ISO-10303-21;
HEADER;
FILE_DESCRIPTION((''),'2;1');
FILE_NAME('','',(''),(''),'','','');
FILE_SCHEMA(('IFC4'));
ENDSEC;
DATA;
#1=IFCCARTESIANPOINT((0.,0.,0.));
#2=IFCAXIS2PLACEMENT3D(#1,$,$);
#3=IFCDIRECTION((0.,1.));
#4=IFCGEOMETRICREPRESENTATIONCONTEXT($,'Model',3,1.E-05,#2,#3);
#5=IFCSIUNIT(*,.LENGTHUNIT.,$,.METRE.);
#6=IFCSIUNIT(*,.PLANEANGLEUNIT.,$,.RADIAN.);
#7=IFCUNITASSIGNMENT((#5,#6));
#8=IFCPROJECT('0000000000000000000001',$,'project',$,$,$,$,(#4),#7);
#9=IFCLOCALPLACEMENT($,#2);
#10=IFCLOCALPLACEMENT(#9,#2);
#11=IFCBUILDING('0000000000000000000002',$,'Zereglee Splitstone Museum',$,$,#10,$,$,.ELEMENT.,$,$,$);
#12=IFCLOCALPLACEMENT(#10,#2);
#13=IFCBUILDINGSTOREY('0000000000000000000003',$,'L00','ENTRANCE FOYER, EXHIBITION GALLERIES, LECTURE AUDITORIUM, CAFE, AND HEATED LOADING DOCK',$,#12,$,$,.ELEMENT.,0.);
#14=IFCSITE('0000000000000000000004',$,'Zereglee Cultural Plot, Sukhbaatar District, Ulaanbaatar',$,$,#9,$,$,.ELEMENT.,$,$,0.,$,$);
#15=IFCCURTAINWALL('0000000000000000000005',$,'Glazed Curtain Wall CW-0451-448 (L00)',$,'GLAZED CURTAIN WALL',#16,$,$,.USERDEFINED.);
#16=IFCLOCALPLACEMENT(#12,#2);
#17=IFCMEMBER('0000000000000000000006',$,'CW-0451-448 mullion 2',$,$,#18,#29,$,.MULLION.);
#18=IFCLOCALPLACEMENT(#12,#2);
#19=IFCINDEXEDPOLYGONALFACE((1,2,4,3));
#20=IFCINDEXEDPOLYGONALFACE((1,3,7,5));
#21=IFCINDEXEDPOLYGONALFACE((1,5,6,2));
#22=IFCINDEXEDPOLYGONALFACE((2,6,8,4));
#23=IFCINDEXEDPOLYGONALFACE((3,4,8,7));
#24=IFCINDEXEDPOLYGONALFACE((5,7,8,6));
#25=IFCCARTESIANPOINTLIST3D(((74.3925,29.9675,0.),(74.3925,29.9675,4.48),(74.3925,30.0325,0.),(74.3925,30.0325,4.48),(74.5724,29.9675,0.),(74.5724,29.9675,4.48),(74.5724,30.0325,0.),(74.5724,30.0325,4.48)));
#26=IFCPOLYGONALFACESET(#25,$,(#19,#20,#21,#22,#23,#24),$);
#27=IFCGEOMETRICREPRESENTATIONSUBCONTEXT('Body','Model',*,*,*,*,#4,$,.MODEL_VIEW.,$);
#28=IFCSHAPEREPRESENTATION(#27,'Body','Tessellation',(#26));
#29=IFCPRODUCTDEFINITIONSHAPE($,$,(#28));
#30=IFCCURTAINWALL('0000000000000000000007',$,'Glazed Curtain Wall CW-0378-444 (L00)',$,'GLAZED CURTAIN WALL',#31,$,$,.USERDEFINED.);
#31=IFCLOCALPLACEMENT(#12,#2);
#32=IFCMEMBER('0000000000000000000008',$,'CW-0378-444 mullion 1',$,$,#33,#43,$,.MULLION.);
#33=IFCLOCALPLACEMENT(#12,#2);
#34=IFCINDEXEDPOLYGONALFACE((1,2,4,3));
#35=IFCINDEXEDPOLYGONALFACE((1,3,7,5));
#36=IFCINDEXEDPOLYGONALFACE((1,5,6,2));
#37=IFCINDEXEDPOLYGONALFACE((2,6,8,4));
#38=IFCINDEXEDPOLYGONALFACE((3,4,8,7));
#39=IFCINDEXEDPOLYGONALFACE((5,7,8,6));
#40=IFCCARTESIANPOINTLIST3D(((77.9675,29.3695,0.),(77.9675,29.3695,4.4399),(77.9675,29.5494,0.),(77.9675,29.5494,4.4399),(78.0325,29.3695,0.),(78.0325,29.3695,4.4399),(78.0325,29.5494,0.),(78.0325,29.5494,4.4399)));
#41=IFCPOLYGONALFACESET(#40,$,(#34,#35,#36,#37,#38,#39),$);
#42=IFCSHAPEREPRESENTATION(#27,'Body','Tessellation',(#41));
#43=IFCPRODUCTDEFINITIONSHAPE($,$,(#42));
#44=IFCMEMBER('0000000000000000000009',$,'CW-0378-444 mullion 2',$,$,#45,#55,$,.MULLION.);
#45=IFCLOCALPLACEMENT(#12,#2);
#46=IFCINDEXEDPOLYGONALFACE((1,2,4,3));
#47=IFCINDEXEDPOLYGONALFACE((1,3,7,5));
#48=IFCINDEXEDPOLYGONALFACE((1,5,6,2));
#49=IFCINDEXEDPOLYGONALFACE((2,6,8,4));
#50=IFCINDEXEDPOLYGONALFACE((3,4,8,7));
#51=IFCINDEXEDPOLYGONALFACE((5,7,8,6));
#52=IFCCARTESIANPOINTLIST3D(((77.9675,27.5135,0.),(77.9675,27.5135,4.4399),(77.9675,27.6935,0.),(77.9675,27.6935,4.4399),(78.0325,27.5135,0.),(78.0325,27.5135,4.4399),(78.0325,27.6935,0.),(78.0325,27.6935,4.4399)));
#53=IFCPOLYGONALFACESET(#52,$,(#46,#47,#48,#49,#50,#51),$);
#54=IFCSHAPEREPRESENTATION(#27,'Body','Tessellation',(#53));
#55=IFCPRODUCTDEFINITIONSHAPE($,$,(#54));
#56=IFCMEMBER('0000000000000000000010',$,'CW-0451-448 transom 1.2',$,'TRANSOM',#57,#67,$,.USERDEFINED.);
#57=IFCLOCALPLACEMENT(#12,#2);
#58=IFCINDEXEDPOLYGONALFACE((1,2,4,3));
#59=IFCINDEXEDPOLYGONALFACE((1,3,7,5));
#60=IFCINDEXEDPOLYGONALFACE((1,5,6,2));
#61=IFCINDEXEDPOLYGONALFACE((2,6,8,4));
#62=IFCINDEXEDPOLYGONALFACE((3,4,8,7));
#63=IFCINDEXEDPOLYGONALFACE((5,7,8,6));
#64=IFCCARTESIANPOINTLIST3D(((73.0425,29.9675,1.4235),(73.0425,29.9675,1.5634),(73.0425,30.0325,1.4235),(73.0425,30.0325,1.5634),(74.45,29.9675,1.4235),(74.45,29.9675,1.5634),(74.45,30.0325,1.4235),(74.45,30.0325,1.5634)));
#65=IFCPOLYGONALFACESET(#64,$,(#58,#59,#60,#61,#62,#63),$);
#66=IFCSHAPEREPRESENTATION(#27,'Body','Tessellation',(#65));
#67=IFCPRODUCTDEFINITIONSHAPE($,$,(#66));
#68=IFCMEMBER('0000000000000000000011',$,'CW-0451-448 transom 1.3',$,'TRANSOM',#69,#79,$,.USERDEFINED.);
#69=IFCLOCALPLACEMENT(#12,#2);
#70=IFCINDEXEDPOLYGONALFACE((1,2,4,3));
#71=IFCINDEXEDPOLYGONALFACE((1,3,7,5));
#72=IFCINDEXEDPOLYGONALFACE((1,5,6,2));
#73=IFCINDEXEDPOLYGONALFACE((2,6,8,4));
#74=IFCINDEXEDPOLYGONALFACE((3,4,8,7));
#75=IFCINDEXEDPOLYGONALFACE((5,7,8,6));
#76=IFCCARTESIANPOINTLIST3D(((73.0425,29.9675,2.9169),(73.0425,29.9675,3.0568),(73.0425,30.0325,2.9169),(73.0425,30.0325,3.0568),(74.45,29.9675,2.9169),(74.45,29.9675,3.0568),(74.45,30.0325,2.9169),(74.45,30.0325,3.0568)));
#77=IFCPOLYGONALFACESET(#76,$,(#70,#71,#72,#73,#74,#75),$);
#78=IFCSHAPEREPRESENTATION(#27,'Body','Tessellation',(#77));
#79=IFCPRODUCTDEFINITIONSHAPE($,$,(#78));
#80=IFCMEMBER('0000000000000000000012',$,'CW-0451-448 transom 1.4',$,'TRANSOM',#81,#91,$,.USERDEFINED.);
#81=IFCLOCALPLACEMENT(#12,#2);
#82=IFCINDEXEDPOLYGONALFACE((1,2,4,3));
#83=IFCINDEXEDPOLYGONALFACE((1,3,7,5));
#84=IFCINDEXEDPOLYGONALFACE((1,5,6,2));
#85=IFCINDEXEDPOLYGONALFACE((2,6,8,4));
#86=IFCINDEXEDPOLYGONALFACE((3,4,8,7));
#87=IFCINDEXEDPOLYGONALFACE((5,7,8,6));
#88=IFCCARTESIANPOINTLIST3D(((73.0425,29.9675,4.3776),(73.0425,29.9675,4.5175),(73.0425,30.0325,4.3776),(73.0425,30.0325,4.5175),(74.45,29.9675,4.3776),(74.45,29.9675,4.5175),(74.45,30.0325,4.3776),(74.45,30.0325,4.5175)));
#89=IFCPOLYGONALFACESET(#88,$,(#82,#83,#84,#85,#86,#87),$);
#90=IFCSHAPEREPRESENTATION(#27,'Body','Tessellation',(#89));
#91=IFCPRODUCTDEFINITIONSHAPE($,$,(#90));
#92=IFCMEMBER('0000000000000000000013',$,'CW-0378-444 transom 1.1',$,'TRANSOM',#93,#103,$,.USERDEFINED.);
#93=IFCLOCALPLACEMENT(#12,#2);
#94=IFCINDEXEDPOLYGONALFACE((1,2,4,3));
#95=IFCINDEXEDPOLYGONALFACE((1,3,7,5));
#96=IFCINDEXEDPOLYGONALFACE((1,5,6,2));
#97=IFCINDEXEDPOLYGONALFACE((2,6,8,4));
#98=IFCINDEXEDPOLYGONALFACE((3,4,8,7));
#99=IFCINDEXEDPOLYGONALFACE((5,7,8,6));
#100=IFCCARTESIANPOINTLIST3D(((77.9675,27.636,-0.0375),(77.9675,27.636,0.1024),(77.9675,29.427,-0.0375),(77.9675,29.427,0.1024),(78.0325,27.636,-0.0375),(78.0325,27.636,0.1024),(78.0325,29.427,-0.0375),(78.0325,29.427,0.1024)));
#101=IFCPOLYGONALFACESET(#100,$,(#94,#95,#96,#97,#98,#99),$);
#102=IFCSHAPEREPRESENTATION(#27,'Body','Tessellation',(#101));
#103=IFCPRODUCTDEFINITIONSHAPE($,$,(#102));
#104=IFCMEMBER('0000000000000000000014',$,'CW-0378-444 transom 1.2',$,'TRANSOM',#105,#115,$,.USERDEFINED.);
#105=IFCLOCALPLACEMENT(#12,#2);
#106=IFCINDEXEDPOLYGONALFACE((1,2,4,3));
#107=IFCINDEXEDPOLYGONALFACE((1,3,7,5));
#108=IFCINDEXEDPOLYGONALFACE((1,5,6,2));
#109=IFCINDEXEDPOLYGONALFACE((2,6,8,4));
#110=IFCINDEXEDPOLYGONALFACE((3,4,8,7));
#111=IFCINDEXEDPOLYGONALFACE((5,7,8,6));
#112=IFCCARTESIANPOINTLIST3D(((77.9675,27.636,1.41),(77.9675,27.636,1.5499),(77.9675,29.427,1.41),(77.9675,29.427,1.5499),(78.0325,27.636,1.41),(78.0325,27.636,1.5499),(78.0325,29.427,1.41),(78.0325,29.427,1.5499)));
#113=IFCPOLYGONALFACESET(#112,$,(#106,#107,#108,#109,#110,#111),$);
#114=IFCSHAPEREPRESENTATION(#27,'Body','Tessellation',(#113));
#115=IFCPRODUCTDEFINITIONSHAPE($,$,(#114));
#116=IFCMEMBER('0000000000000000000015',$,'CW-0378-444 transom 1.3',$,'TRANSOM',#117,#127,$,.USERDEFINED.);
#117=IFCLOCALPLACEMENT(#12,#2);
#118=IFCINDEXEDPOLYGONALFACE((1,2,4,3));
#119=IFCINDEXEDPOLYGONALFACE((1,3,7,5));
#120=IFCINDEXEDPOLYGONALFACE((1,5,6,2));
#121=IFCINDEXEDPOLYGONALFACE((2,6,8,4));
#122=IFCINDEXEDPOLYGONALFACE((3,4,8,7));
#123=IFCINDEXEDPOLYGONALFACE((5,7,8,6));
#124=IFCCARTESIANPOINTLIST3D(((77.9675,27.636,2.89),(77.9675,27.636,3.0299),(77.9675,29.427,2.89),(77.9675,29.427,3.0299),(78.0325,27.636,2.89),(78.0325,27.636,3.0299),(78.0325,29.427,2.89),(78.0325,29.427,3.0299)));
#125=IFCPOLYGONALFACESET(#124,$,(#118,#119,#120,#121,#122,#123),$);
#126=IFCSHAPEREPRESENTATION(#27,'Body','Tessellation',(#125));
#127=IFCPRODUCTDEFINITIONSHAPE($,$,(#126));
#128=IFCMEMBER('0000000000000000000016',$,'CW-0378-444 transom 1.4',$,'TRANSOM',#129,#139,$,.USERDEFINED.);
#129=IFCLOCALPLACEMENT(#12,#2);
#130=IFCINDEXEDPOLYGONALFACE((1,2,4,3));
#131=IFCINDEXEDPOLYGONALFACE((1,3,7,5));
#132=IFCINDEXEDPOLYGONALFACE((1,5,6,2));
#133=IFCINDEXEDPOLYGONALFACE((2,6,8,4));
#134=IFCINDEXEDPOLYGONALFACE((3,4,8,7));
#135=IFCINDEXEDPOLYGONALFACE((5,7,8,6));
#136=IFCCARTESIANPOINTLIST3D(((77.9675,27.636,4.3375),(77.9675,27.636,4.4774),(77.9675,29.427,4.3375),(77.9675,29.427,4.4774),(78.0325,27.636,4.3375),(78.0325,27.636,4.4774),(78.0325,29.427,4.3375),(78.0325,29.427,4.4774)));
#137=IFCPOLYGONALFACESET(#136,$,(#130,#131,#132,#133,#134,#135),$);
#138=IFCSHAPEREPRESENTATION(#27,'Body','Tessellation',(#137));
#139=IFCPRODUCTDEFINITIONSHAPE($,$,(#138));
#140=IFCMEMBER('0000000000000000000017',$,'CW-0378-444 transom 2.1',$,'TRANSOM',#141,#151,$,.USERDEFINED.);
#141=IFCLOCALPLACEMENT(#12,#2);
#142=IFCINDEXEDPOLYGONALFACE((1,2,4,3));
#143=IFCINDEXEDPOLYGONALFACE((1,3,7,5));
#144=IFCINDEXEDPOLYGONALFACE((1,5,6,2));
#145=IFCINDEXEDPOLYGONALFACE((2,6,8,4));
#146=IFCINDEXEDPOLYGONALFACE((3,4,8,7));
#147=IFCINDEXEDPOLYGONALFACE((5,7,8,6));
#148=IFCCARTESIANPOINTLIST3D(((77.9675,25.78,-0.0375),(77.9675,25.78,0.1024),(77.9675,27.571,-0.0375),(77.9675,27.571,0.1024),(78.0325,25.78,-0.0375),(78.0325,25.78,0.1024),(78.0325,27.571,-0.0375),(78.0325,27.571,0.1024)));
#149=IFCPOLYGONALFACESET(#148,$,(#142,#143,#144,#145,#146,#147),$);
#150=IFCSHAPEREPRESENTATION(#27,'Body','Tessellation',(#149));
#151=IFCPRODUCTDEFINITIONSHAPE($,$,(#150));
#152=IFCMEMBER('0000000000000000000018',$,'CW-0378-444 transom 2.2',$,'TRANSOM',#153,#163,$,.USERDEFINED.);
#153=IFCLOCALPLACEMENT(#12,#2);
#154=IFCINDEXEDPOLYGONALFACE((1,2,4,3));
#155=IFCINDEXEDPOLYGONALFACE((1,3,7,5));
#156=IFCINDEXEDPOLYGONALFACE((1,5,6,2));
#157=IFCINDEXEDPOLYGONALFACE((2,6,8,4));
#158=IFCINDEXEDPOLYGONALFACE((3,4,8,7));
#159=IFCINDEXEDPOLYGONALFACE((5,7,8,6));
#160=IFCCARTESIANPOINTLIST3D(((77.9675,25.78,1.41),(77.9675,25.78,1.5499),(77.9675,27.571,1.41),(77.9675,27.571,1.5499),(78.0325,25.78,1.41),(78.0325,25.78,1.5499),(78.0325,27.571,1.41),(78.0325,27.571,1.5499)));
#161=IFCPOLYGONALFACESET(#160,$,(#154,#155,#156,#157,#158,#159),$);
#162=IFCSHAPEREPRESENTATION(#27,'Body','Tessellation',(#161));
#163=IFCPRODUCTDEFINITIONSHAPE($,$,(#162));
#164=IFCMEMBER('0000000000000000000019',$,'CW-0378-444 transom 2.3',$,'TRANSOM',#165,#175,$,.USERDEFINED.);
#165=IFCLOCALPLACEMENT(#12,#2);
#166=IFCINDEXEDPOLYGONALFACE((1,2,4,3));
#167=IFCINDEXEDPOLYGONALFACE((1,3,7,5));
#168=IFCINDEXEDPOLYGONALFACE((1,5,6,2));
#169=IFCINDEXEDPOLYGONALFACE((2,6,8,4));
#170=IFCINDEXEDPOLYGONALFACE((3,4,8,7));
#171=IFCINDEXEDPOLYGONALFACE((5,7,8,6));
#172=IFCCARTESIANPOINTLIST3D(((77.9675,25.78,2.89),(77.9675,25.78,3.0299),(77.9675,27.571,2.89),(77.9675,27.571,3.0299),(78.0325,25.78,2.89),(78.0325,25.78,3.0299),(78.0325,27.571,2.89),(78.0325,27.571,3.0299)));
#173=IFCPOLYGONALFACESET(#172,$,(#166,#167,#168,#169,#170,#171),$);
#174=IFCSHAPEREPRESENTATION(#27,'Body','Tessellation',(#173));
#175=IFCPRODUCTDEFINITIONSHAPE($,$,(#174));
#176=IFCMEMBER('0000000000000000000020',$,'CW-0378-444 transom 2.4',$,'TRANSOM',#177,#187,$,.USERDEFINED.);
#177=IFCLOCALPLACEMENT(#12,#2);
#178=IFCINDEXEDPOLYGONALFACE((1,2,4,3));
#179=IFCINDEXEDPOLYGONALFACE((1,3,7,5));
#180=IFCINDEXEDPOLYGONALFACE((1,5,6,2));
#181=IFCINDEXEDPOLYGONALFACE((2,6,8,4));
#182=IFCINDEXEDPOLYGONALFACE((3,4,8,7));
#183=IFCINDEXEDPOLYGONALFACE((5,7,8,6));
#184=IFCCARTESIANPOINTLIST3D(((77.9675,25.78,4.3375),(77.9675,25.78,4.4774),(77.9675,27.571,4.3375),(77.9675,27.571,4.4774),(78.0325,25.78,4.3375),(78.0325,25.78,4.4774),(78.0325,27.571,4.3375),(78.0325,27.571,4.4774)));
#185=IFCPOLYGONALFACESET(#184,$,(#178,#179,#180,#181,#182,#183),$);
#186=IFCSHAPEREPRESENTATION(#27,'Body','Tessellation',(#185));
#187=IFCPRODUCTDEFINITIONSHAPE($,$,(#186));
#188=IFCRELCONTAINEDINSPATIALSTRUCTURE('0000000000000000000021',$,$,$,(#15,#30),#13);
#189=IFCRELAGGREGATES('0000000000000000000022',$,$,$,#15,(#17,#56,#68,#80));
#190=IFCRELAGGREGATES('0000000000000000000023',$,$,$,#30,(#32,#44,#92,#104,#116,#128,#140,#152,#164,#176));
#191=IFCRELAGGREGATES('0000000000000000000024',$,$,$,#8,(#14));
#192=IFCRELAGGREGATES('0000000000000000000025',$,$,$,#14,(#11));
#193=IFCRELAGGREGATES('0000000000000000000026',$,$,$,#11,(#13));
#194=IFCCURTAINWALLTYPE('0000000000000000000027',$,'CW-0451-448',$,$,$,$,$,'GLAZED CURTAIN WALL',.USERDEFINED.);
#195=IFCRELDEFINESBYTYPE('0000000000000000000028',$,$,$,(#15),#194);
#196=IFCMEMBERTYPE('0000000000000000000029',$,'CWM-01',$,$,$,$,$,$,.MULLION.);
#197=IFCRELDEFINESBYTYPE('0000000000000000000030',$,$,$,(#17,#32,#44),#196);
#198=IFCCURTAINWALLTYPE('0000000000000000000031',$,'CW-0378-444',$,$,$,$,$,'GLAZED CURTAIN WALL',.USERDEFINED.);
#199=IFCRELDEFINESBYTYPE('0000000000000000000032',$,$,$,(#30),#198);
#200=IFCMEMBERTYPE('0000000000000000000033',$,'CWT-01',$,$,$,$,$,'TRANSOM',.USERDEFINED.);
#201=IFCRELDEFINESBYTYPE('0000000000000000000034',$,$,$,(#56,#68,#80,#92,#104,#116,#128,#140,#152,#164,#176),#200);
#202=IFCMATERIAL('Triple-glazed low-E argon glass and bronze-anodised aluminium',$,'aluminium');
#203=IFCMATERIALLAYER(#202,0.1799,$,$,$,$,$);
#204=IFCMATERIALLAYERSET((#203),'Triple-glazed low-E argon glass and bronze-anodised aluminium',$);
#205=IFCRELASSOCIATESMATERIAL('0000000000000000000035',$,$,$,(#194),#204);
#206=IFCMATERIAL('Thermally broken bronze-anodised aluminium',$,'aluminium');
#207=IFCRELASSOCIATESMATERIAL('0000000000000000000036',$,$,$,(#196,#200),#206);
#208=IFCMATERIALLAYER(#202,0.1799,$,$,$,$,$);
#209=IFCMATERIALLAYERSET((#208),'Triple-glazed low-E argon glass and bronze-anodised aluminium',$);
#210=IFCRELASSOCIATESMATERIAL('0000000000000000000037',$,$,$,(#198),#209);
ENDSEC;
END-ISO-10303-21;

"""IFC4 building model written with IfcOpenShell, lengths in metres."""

from ifc_helpers import new_model, si_unit, direction, frame, origin, origin_2d, place, context, subcontext, project, spatial, rectangle, extrude, material, layer, layer_set, material_profile, profile_set, type_object, element, aggregate, save


model = new_model("IFC4")

# Units and contexts
model_context = context("Model", 3, precision=1e-05, world=origin(), true_north=direction((0.0, 1.0)))
body_context = subcontext(model_context, "Body", "Model", "MODEL_VIEW")
ifc_project = project(units=[si_unit("LENGTHUNIT", "METRE"), si_unit("PLANEANGLEUNIT", "RADIAN")], contexts=[model_context])

# Site, building, storey
site_placement = place(None, origin())
site = spatial("IfcSite", under=ifc_project, at=site_placement, Name="Zereglee Cultural Plot, Sukhbaatar District, Ulaanbaatar", CompositionType="ELEMENT", RefElevation=0.0)
building_placement = place(site_placement, origin())
building = spatial("IfcBuilding", under=site, at=building_placement, Name="Zereglee Splitstone Museum", CompositionType="ELEMENT")
storey_placement = place(building_placement, origin())
storey = spatial("IfcBuildingStorey", under=building, at=storey_placement, Name="L00", Description="ENTRANCE FOYER, EXHIBITION GALLERIES, LECTURE AUDITORIUM, CAFE, AND HEATED LOADING DOCK", CompositionType="ELEMENT", Elevation=0.0)

# Curtain wall, member
ifc_material_1 = material(Name="Triple-glazed low-E argon glass and bronze-anodised aluminium", Category="aluminium")
ifc_layer_1 = layer(ifc_material_1, 0.1799)
ifc_layer_set_1 = layer_set([ifc_layer_1], Name="Triple-glazed low-E argon glass and bronze-anodised aluminium")
curtain_wall_type_1 = type_object("IfcCurtainWallType", Name="CW-0451-448", ElementType="GLAZED CURTAIN WALL", PredefinedType="USERDEFINED", material=ifc_layer_set_1)
curtain_wall_1_placement = place(storey_placement, origin())
curtain_wall_1 = element("IfcCurtainWall", 1, at=curtain_wall_1_placement, inside=storey, type_object=curtain_wall_type_1, Name="Glazed Curtain Wall CW-0451-448 (L00)", ObjectType="GLAZED CURTAIN WALL", PredefinedType="USERDEFINED")
ifc_material_2 = material(Name="Thermally broken bronze-anodised aluminium", Category="aluminium")
ifc_material_profile_1 = material_profile(ifc_material_2, rectangle(XDim=0.0649, YDim=0.1799, at=origin_2d()), Name="CW MULL 65x180")
ifc_profile_set_1 = profile_set([ifc_material_profile_1], Name="Thermally broken bronze-anodised aluminium")
member_type_1 = type_object("IfcMemberType", Name="CWM-01", PredefinedType="MULLION", material=ifc_profile_set_1)
member_1_placement = place(storey_placement, frame((74.4824, 30.0, 0.0), z_axis=(0.0, 0.0, 1.0), x_axis=(0.0, 1.0, 0.0)))
member_1 = element("IfcMember", 2, at=member_1_placement, type_object=member_type_1, Name="CW-0451-448 mullion 2", PredefinedType="MULLION", context=body_context, shape_type="SweptSolid", body=[
    extrude(rectangle(XDim=0.0649, YDim=0.1799, at=origin_2d()), origin(), (0.0, 0.0, 1.0), 4.48),
])

# Curtain wall, members
ifc_layer_2 = layer(ifc_material_1, 0.1799)
ifc_layer_set_2 = layer_set([ifc_layer_2], Name="Triple-glazed low-E argon glass and bronze-anodised aluminium")
curtain_wall_type_2 = type_object("IfcCurtainWallType", Name="CW-0378-444", ElementType="GLAZED CURTAIN WALL", PredefinedType="USERDEFINED", material=ifc_layer_set_2)
curtain_wall_2_placement = place(storey_placement, origin())
curtain_wall_2 = element("IfcCurtainWall", 3, at=curtain_wall_2_placement, inside=storey, type_object=curtain_wall_type_2, Name="Glazed Curtain Wall CW-0378-444 (L00)", ObjectType="GLAZED CURTAIN WALL", PredefinedType="USERDEFINED")
member_2_placement = place(storey_placement, frame((78.0, 29.4595, 0.0), z_axis=(0.0, 0.0, 1.0), x_axis=(1.0, 0.0, 0.0)))
member_2 = element("IfcMember", 4, at=member_2_placement, type_object=member_type_1, Name="CW-0378-444 mullion 1", PredefinedType="MULLION", context=body_context, shape_type="SweptSolid", body=[
    extrude(rectangle(XDim=0.0649, YDim=0.1799, at=origin_2d()), origin(), (0.0, 0.0, 1.0), 4.4399),
])
member_3_placement = place(storey_placement, frame((78.0, 27.6035, 0.0), z_axis=(0.0, 0.0, 1.0), x_axis=(1.0, 0.0, 0.0)))
member_3 = element("IfcMember", 5, at=member_3_placement, type_object=member_type_1, Name="CW-0378-444 mullion 2", PredefinedType="MULLION", context=body_context, shape_type="SweptSolid", body=[
    extrude(rectangle(XDim=0.0649, YDim=0.1799, at=origin_2d()), origin(), (0.0, 0.0, 1.0), 4.4399),
])

# Members
ifc_material_profile_2 = material_profile(ifc_material_2, rectangle(XDim=0.0649, YDim=0.1399, at=origin_2d()), Name="CW TRAN 65x140")
ifc_profile_set_2 = profile_set([ifc_material_profile_2], Name="Thermally broken bronze-anodised aluminium")
member_type_2 = type_object("IfcMemberType", Name="CWT-01", ElementType="TRANSOM", PredefinedType="USERDEFINED", material=ifc_profile_set_2)
member_4_placement = place(storey_placement, frame((73.0425, 30.0, 1.4934), z_axis=(1.0, 0.0, 0.0), x_axis=(0.0, 1.0, 0.0)))
member_4 = element("IfcMember", 6, at=member_4_placement, type_object=member_type_2, Name="CW-0451-448 transom 1.2", ObjectType="TRANSOM", PredefinedType="USERDEFINED", context=body_context, shape_type="SweptSolid", body=[
    extrude(rectangle(XDim=0.0649, YDim=0.1399, at=origin_2d()), origin(), (0.0, 0.0, 1.0), 1.4075),
])
member_5_placement = place(storey_placement, frame((73.0425, 30.0, 2.9868), z_axis=(1.0, 0.0, 0.0), x_axis=(0.0, 1.0, 0.0)))
member_5 = element("IfcMember", 7, at=member_5_placement, type_object=member_type_2, Name="CW-0451-448 transom 1.3", ObjectType="TRANSOM", PredefinedType="USERDEFINED", context=body_context, shape_type="SweptSolid", body=[
    extrude(rectangle(XDim=0.0649, YDim=0.1399, at=origin_2d()), origin(), (0.0, 0.0, 1.0), 1.4075),
])
member_6_placement = place(storey_placement, frame((73.0425, 30.0, 4.4475), z_axis=(1.0, 0.0, 0.0), x_axis=(0.0, 1.0, 0.0)))
member_6 = element("IfcMember", 8, at=member_6_placement, type_object=member_type_2, Name="CW-0451-448 transom 1.4", ObjectType="TRANSOM", PredefinedType="USERDEFINED", context=body_context, shape_type="SweptSolid", body=[
    extrude(rectangle(XDim=0.0649, YDim=0.1399, at=origin_2d()), origin(), (0.0, 0.0, 1.0), 1.4075),
])
member_7_placement = place(storey_placement, frame((78.0, 29.427, 0.0325), z_axis=(0.0, -1.0, 0.0), x_axis=(1.0, 0.0, 0.0)))
member_7 = element("IfcMember", 9, at=member_7_placement, type_object=member_type_2, Name="CW-0378-444 transom 1.1", ObjectType="TRANSOM", PredefinedType="USERDEFINED", context=body_context, shape_type="SweptSolid", body=[
    extrude(rectangle(XDim=0.0649, YDim=0.1399, at=origin_2d()), origin(), (0.0, 0.0, 1.0), 1.791),
])
member_8_placement = place(storey_placement, frame((78.0, 29.427, 1.48), z_axis=(0.0, -1.0, 0.0), x_axis=(1.0, 0.0, 0.0)))
member_8 = element("IfcMember", 10, at=member_8_placement, type_object=member_type_2, Name="CW-0378-444 transom 1.2", ObjectType="TRANSOM", PredefinedType="USERDEFINED", context=body_context, shape_type="SweptSolid", body=[
    extrude(rectangle(XDim=0.0649, YDim=0.1399, at=origin_2d()), origin(), (0.0, 0.0, 1.0), 1.791),
])
member_9_placement = place(storey_placement, frame((78.0, 29.427, 2.96), z_axis=(0.0, -1.0, 0.0), x_axis=(1.0, 0.0, 0.0)))
member_9 = element("IfcMember", 11, at=member_9_placement, type_object=member_type_2, Name="CW-0378-444 transom 1.3", ObjectType="TRANSOM", PredefinedType="USERDEFINED", context=body_context, shape_type="SweptSolid", body=[
    extrude(rectangle(XDim=0.0649, YDim=0.1399, at=origin_2d()), origin(), (0.0, 0.0, 1.0), 1.791),
])
member_10_placement = place(storey_placement, frame((78.0, 29.427, 4.4075), z_axis=(0.0, -1.0, 0.0), x_axis=(1.0, 0.0, 0.0)))
member_10 = element("IfcMember", 12, at=member_10_placement, type_object=member_type_2, Name="CW-0378-444 transom 1.4", ObjectType="TRANSOM", PredefinedType="USERDEFINED", context=body_context, shape_type="SweptSolid", body=[
    extrude(rectangle(XDim=0.0649, YDim=0.1399, at=origin_2d()), origin(), (0.0, 0.0, 1.0), 1.791),
])
member_11_placement = place(storey_placement, frame((78.0, 27.571, 0.0325), z_axis=(0.0, -1.0, 0.0), x_axis=(1.0, 0.0, 0.0)))
member_11 = element("IfcMember", 13, at=member_11_placement, type_object=member_type_2, Name="CW-0378-444 transom 2.1", ObjectType="TRANSOM", PredefinedType="USERDEFINED", context=body_context, shape_type="SweptSolid", body=[
    extrude(rectangle(XDim=0.0649, YDim=0.1399, at=origin_2d()), origin(), (0.0, 0.0, 1.0), 1.791),
])
member_12_placement = place(storey_placement, frame((78.0, 27.571, 1.48), z_axis=(0.0, -1.0, 0.0), x_axis=(1.0, 0.0, 0.0)))
member_12 = element("IfcMember", 14, at=member_12_placement, type_object=member_type_2, Name="CW-0378-444 transom 2.2", ObjectType="TRANSOM", PredefinedType="USERDEFINED", context=body_context, shape_type="SweptSolid", body=[
    extrude(rectangle(XDim=0.0649, YDim=0.1399, at=origin_2d()), origin(), (0.0, 0.0, 1.0), 1.791),
])
member_13_placement = place(storey_placement, frame((78.0, 27.571, 2.96), z_axis=(0.0, -1.0, 0.0), x_axis=(1.0, 0.0, 0.0)))
member_13 = element("IfcMember", 15, at=member_13_placement, type_object=member_type_2, Name="CW-0378-444 transom 2.3", ObjectType="TRANSOM", PredefinedType="USERDEFINED", context=body_context, shape_type="SweptSolid", body=[
    extrude(rectangle(XDim=0.0649, YDim=0.1399, at=origin_2d()), origin(), (0.0, 0.0, 1.0), 1.791),
])
member_14_placement = place(storey_placement, frame((78.0, 27.571, 4.4075), z_axis=(0.0, -1.0, 0.0), x_axis=(1.0, 0.0, 0.0)))
member_14 = element("IfcMember", 16, at=member_14_placement, type_object=member_type_2, Name="CW-0378-444 transom 2.4", ObjectType="TRANSOM", PredefinedType="USERDEFINED", context=body_context, shape_type="SweptSolid", body=[
    extrude(rectangle(XDim=0.0649, YDim=0.1399, at=origin_2d()), origin(), (0.0, 0.0, 1.0), 1.791),
])

aggregate(curtain_wall_1, [member_1, member_4, member_5, member_6])
aggregate(curtain_wall_2, [member_2, member_3, member_7, member_8, member_9, member_10, member_11, member_12, member_13, member_14])

save(model, "model.ifc")
